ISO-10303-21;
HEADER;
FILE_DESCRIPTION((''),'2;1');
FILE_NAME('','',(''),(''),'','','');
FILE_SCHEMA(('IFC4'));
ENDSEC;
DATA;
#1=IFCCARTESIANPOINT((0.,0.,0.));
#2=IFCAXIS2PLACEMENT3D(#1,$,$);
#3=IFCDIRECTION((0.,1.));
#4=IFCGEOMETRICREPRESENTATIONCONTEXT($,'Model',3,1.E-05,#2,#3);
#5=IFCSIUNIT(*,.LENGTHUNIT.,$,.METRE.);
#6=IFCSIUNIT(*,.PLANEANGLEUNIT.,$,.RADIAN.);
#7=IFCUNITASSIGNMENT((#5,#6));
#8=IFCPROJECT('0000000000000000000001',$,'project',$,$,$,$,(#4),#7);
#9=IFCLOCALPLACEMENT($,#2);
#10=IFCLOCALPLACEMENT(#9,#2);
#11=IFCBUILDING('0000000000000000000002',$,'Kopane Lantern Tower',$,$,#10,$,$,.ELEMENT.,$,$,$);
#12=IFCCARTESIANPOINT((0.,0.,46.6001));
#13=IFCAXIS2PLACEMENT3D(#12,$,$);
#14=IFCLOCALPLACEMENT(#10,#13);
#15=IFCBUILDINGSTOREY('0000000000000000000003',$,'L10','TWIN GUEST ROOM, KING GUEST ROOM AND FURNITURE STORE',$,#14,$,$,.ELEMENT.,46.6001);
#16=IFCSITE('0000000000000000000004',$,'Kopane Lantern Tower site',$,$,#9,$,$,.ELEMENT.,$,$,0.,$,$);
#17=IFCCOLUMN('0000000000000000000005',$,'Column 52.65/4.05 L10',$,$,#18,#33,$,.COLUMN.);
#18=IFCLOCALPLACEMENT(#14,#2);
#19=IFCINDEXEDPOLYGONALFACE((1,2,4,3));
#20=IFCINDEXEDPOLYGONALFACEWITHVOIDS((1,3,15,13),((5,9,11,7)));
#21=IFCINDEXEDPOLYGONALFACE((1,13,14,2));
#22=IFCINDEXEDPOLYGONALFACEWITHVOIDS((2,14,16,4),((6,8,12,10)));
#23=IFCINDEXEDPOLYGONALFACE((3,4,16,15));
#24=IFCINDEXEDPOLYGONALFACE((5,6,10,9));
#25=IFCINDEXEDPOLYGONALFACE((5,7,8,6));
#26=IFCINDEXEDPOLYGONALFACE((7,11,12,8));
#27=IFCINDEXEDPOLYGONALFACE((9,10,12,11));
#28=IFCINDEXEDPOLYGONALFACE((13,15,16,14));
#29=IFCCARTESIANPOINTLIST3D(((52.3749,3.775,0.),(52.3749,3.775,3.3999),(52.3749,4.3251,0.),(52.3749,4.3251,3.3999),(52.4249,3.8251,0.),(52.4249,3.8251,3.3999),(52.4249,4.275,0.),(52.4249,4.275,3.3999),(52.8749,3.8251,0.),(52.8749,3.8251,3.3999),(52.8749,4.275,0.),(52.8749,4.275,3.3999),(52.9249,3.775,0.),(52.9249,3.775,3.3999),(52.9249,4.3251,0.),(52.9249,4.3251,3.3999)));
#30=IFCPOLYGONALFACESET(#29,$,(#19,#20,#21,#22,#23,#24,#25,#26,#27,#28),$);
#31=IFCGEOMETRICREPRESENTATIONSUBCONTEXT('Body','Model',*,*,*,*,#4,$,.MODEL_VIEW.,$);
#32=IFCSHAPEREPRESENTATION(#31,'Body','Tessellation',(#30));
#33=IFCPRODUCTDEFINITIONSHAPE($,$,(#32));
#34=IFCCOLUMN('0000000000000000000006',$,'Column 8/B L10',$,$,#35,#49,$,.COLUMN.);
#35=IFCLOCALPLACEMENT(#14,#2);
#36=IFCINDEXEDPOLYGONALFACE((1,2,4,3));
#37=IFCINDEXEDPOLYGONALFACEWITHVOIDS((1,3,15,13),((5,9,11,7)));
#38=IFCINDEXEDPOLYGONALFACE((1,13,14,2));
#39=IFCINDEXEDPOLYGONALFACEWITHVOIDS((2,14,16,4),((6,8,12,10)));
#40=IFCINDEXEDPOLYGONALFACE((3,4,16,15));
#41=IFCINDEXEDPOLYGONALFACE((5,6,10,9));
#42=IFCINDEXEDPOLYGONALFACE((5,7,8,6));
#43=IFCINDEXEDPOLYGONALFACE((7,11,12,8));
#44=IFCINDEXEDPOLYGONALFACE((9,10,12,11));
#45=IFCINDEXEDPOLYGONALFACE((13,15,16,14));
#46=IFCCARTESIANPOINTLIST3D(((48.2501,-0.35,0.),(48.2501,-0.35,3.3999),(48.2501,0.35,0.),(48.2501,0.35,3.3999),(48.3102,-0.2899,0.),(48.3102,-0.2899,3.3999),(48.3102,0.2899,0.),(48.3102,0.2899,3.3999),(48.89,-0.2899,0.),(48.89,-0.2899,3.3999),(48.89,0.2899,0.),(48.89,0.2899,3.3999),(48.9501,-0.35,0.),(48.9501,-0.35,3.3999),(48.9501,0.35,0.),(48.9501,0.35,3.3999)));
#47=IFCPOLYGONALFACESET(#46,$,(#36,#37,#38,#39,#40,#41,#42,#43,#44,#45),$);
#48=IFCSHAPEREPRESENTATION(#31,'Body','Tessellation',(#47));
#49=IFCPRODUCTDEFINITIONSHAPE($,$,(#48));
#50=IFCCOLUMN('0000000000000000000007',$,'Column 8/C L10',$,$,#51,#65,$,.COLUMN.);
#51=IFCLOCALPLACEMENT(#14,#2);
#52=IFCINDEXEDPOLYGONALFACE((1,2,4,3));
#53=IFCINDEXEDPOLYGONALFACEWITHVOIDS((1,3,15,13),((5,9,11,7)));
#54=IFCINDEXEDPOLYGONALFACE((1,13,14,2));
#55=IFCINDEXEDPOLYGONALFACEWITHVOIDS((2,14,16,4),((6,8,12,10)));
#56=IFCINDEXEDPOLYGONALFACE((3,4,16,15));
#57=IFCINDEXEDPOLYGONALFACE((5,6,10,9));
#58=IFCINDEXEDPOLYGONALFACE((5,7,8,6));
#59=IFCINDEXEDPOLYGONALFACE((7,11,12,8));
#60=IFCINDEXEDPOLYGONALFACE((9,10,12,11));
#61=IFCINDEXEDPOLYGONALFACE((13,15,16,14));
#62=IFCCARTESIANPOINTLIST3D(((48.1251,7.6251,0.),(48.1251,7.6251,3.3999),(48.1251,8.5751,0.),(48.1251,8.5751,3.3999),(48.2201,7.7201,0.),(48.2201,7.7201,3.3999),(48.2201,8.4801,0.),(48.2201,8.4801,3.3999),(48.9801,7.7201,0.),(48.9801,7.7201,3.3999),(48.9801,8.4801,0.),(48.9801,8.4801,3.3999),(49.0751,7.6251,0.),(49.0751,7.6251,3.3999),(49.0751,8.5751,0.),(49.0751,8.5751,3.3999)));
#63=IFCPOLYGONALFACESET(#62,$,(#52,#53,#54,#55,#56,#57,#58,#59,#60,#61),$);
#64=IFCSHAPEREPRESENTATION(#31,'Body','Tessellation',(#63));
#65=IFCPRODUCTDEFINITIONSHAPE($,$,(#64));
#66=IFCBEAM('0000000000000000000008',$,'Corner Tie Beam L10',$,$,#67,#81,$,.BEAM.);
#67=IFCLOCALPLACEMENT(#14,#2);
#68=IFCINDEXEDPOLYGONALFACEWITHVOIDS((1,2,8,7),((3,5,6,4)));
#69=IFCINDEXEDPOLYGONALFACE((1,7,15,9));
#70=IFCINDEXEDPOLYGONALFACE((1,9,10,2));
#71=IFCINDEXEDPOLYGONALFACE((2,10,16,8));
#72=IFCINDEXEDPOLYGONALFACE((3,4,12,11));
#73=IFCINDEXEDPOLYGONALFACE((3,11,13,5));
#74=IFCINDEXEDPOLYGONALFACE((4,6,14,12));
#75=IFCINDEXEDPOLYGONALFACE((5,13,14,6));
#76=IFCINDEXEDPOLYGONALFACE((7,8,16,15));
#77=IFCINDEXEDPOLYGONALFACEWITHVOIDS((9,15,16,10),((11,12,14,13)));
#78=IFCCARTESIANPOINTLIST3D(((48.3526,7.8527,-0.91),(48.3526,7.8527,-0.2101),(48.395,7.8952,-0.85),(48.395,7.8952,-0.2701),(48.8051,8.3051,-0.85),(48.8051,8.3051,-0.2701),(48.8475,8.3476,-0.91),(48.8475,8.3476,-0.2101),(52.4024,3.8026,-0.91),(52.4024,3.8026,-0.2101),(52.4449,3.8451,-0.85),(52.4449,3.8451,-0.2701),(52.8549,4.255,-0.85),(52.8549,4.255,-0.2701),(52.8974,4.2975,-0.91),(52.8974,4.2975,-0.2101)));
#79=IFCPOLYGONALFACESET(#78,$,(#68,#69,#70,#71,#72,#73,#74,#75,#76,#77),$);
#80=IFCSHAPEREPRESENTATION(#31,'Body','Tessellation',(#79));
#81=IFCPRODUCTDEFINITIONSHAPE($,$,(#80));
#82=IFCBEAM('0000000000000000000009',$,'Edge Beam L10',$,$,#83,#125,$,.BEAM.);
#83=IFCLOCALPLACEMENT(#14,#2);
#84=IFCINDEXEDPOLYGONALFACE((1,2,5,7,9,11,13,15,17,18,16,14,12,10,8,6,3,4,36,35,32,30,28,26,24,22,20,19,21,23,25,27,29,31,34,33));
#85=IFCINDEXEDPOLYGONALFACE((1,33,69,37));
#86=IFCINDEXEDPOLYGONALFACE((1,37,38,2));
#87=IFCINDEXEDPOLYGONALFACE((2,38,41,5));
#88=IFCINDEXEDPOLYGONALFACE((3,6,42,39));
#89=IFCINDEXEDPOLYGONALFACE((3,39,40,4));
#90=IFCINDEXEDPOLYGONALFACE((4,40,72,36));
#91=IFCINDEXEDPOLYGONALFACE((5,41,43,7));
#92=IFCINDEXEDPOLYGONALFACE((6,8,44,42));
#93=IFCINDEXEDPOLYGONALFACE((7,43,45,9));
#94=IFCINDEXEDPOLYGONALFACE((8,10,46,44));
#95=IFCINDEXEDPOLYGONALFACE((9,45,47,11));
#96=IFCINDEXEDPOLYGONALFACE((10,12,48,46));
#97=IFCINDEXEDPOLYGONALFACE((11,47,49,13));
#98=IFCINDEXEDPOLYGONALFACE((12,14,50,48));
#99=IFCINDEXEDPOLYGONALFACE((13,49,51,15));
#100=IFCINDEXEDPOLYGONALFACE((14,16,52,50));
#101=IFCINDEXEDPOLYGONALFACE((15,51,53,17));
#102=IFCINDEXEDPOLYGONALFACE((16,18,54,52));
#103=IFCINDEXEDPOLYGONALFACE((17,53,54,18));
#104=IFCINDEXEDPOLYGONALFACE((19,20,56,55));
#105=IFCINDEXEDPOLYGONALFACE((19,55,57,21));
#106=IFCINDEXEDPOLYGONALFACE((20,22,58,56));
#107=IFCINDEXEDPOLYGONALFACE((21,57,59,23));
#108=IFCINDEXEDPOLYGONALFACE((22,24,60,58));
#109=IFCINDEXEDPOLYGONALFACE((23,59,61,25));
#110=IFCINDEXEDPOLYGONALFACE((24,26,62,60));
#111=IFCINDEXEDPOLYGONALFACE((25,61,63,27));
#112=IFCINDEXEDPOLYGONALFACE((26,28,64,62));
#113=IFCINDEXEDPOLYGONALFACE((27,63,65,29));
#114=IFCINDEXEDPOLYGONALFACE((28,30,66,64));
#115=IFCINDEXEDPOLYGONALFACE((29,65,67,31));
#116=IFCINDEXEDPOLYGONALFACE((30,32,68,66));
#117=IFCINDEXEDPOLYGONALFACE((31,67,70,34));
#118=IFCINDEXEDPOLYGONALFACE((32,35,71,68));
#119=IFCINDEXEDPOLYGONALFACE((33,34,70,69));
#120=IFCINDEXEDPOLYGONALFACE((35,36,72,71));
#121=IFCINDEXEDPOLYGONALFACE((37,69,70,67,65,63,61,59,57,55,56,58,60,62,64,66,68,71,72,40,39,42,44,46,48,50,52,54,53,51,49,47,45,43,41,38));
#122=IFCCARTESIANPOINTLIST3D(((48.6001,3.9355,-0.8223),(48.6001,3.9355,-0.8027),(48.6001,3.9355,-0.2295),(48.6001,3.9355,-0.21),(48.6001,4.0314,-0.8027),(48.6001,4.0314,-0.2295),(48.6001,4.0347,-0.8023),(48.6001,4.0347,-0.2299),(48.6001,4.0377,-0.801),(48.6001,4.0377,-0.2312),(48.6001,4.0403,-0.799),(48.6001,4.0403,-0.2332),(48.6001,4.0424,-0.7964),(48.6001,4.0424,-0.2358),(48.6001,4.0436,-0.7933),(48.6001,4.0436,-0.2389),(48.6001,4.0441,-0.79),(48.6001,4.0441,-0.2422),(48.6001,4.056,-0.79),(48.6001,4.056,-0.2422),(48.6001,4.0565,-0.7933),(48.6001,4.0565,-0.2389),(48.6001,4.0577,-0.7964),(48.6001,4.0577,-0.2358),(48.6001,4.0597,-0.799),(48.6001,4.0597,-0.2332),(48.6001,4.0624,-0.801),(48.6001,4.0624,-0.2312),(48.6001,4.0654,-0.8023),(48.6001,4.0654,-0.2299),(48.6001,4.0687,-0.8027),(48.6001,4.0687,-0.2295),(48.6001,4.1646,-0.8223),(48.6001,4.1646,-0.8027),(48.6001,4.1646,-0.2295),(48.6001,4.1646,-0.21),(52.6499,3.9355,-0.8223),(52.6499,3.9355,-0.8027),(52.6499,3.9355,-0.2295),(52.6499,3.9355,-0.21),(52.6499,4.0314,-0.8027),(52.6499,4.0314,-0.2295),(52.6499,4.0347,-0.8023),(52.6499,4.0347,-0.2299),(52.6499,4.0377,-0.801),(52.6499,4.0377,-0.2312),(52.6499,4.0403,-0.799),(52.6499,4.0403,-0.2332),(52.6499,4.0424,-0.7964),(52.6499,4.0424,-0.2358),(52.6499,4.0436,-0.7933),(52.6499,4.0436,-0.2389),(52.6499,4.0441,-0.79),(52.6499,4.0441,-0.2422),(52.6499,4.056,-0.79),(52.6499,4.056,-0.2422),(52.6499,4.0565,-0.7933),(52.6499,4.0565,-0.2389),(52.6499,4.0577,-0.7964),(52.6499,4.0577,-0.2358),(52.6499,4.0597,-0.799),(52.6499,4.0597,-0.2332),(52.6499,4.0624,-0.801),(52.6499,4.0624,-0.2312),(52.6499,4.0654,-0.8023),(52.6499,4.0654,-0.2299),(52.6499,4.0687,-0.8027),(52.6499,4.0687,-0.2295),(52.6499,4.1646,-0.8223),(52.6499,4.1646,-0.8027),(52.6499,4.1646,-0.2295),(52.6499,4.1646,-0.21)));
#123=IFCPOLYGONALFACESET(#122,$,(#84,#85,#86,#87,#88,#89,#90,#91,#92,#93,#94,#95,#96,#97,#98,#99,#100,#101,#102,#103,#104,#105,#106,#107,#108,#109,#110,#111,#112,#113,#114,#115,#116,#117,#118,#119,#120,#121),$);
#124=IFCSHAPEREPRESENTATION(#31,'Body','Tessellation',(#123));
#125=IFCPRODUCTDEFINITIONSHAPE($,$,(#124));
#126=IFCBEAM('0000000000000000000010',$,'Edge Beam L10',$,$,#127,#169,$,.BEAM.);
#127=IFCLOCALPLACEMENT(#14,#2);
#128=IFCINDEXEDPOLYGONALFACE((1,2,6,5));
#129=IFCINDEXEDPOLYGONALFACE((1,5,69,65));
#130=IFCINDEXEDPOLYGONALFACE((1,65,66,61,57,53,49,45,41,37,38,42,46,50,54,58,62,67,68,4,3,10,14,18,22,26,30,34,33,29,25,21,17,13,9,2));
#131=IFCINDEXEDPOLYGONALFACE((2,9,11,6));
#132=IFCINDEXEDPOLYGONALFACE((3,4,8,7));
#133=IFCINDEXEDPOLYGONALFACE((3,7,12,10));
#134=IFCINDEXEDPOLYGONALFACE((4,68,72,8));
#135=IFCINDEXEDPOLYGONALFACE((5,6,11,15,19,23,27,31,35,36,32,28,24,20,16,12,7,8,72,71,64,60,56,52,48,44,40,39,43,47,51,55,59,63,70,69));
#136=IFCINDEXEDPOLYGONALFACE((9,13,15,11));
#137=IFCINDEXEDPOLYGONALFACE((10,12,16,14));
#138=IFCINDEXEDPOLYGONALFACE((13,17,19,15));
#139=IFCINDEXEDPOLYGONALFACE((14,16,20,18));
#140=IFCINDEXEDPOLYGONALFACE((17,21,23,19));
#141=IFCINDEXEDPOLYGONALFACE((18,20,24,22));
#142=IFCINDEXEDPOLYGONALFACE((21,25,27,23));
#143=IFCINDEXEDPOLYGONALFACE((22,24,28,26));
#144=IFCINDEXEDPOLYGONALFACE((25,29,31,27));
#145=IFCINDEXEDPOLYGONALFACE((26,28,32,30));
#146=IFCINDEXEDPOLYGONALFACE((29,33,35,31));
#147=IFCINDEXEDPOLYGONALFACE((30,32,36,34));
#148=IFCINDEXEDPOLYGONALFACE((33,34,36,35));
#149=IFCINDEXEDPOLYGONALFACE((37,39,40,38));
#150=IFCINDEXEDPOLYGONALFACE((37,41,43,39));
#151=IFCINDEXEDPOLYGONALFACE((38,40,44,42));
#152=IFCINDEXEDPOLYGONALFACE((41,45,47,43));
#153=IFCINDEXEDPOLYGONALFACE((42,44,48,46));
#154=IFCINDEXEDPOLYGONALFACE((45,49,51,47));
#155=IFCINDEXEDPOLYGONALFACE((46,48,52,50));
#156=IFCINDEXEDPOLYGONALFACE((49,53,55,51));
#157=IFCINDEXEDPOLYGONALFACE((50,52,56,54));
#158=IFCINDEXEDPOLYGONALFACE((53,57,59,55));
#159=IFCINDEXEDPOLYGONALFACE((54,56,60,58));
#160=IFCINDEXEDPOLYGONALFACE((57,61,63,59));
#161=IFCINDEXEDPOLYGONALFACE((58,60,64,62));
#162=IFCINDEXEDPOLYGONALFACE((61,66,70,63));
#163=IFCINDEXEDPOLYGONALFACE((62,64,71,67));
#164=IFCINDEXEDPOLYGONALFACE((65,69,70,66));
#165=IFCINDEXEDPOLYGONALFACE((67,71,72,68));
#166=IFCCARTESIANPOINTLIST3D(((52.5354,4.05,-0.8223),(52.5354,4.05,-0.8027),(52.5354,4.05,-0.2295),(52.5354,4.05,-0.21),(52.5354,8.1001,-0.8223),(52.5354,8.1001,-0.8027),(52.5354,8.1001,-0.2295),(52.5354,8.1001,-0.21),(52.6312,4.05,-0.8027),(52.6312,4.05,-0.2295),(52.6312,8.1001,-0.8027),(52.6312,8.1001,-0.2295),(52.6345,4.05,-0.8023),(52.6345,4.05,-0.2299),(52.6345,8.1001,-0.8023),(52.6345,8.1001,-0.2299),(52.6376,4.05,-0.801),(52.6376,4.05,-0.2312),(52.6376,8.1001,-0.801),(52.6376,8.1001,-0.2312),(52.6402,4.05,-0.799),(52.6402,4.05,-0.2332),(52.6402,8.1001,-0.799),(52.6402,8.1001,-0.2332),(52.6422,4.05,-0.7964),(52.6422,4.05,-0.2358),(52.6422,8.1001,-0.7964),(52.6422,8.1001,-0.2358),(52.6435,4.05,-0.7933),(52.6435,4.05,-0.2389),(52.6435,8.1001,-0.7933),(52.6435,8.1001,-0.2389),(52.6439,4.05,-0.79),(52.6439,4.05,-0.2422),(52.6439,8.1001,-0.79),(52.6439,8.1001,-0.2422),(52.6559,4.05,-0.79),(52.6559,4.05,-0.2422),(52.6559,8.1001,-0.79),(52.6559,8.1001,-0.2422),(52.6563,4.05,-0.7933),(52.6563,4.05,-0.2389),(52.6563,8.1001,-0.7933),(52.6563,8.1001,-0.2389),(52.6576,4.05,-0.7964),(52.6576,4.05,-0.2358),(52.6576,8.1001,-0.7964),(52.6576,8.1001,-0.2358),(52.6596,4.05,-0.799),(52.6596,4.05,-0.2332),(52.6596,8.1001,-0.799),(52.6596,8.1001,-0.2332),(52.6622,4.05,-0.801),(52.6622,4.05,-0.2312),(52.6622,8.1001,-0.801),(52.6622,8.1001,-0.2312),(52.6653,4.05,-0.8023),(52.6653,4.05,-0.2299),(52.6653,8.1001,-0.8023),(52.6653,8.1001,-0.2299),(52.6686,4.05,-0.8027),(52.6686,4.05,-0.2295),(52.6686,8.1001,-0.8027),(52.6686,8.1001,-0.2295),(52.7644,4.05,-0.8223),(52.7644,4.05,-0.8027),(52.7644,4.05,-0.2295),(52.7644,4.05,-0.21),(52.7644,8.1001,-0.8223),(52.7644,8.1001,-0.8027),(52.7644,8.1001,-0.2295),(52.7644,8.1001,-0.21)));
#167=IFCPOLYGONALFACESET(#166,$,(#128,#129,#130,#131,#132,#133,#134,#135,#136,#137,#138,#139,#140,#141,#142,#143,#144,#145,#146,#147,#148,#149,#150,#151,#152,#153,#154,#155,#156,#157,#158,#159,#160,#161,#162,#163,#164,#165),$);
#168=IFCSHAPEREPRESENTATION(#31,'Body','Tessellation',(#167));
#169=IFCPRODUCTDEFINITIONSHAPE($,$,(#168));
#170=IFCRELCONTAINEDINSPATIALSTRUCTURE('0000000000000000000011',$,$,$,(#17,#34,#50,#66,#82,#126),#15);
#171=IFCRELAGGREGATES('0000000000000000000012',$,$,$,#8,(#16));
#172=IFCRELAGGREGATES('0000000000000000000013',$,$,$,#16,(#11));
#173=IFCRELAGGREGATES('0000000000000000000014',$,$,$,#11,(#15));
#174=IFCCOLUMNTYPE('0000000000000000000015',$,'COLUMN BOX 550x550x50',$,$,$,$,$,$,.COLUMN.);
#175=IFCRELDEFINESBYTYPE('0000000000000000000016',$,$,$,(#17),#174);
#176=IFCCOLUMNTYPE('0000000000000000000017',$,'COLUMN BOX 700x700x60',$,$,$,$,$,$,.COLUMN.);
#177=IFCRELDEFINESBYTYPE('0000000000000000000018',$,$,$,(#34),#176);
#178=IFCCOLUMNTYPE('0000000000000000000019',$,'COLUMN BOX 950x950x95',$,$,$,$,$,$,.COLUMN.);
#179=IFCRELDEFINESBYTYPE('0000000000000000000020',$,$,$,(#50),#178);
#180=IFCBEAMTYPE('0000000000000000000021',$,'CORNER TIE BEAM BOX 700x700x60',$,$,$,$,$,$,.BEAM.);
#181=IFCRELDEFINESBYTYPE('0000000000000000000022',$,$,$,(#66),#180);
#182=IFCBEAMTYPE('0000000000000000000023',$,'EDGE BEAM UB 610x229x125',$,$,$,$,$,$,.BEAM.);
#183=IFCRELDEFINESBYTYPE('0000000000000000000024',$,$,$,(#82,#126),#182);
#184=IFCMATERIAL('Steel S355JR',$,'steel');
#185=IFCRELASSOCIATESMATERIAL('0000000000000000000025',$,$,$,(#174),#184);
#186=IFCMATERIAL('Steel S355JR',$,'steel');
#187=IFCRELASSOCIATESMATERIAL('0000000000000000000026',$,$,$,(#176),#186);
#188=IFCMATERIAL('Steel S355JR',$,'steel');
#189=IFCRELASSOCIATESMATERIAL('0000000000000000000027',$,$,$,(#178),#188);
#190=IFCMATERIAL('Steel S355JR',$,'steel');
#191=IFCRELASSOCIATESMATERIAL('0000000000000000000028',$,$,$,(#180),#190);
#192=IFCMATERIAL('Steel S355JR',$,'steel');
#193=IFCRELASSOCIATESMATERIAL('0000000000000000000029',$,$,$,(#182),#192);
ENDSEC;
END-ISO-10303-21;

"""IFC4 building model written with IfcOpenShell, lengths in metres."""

from ifc_helpers import new_model, si_unit, direction, frame, origin, origin_2d, place, context, subcontext, project, spatial, hollow_rectangle, i_section, extrude, material, material_profile, profile_set, type_object, element, save


model = new_model("IFC4")

# Units and contexts
model_context = context("Model", 3, precision=1e-05, world=origin(), true_north=direction((0.0, 1.0)))
body_context = subcontext(model_context, "Body", "Model", "MODEL_VIEW")
ifc_project = project(units=[si_unit("LENGTHUNIT", "METRE"), si_unit("PLANEANGLEUNIT", "RADIAN")], contexts=[model_context])

# Site, building, storey
site_placement = place(None, origin())
site = spatial("IfcSite", under=ifc_project, at=site_placement, Name="Kopane Lantern Tower site", CompositionType="ELEMENT", RefElevation=0.0)
building_placement = place(site_placement, origin())
building = spatial("IfcBuilding", under=site, at=building_placement, Name="Kopane Lantern Tower", CompositionType="ELEMENT")
storey_placement = place(building_placement, frame((0.0, 0.0, 46.6001)))
storey = spatial("IfcBuildingStorey", under=building, at=storey_placement, Name="L10", Description="TWIN GUEST ROOM, KING GUEST ROOM AND FURNITURE STORE", CompositionType="ELEMENT", Elevation=46.6001)

# Columns
ifc_material_1 = material(Name="Steel S355JR", Category="steel")
ifc_material_profile_1 = material_profile(ifc_material_1, hollow_rectangle(XDim=0.55, YDim=0.55, WallThickness=0.05, at=origin_2d()), Name="BOX 550x550x50")
ifc_profile_set_1 = profile_set([ifc_material_profile_1], Name="Steel S355JR")
column_type_1 = type_object("IfcColumnType", Name="COLUMN BOX 550x550x50", PredefinedType="COLUMN", material=ifc_profile_set_1)
column_1_placement = place(storey_placement, frame((52.6499, 4.05, 0.0), z_axis=(0.0, 0.0, 1.0), x_axis=(1.0, 0.0, 0.0)))
element("IfcColumn", 1, at=column_1_placement, inside=storey, type_object=column_type_1, Name="Column 52.65/4.05 L10", PredefinedType="COLUMN", context=body_context, shape_type="SweptSolid", body=[
    extrude(hollow_rectangle(XDim=0.55, YDim=0.55, WallThickness=0.05, at=origin_2d()), origin(), (0.0, 0.0, 1.0), 3.3999),
])
ifc_material_2 = material(Name="Steel S355JR", Category="steel")
ifc_material_profile_2 = material_profile(ifc_material_2, hollow_rectangle(XDim=0.7, YDim=0.7, WallThickness=0.0601, at=origin_2d()), Name="BOX 700x700x60")
ifc_profile_set_2 = profile_set([ifc_material_profile_2], Name="Steel S355JR")
column_type_2 = type_object("IfcColumnType", Name="COLUMN BOX 700x700x60", PredefinedType="COLUMN", material=ifc_profile_set_2)
column_2_placement = place(storey_placement, frame((48.6001, 0.0, 0.0), z_axis=(0.0, 0.0, 1.0), x_axis=(1.0, 0.0, 0.0)))
element("IfcColumn", 2, at=column_2_placement, inside=storey, type_object=column_type_2, Name="Column 8/B L10", PredefinedType="COLUMN", context=body_context, shape_type="SweptSolid", body=[
    extrude(hollow_rectangle(XDim=0.7, YDim=0.7, WallThickness=0.0601, at=origin_2d()), origin(), (0.0, 0.0, 1.0), 3.3999),
])
ifc_material_3 = material(Name="Steel S355JR", Category="steel")
ifc_material_profile_3 = material_profile(ifc_material_3, hollow_rectangle(XDim=0.95, YDim=0.95, WallThickness=0.095, at=origin_2d()), Name="BOX 950x950x95")
ifc_profile_set_3 = profile_set([ifc_material_profile_3], Name="Steel S355JR")
column_type_3 = type_object("IfcColumnType", Name="COLUMN BOX 950x950x95", PredefinedType="COLUMN", material=ifc_profile_set_3)
column_3_placement = place(storey_placement, frame((48.6001, 8.1001, 0.0), z_axis=(0.0, 0.0, 1.0), x_axis=(1.0, 0.0, 0.0)))
element("IfcColumn", 3, at=column_3_placement, inside=storey, type_object=column_type_3, Name="Column 8/C L10", PredefinedType="COLUMN", context=body_context, shape_type="SweptSolid", body=[
    extrude(hollow_rectangle(XDim=0.95, YDim=0.95, WallThickness=0.095, at=origin_2d()), origin(), (0.0, 0.0, 1.0), 3.3999),
])

# Beams
ifc_material_4 = material(Name="Steel S355JR", Category="steel")
ifc_material_profile_4 = material_profile(ifc_material_4, hollow_rectangle(XDim=0.7, YDim=0.7, WallThickness=0.0601, at=origin_2d()), Name="BOX 700x700x60")
ifc_profile_set_4 = profile_set([ifc_material_profile_4], Name="Steel S355JR")
beam_type_1 = type_object("IfcBeamType", Name="CORNER TIE BEAM BOX 700x700x60", PredefinedType="BEAM", material=ifc_profile_set_4)
beam_1_placement = place(storey_placement, frame((52.6499, 4.05, -0.5601), z_axis=(-0.707085, 0.707128, 0.0), x_axis=(-0.707128, -0.707085, 0.0)))
element("IfcBeam", 4, at=beam_1_placement, inside=storey, type_object=beam_type_1, Name="Corner Tie Beam L10", PredefinedType="BEAM", context=body_context, shape_type="SweptSolid", body=[
    extrude(hollow_rectangle(XDim=0.7, YDim=0.7, WallThickness=0.0601, at=origin_2d()), origin(), (0.0, 0.0, 1.0), 5.7275),
])
ifc_material_5 = material(Name="Steel S355JR", Category="steel")
ifc_material_profile_5 = material_profile(ifc_material_5, i_section(OverallWidth=0.229, OverallDepth=0.6123, WebThickness=0.012, FlangeThickness=0.0195, FilletRadius=0.0127, at=origin_2d()), Name="UB 610x229x125")
ifc_profile_set_5 = profile_set([ifc_material_profile_5], Name="Steel S355JR")
beam_type_2 = type_object("IfcBeamType", Name="EDGE BEAM UB 610x229x125", PredefinedType="BEAM", material=ifc_profile_set_5)
beam_2_placement = place(storey_placement, frame((52.6499, 4.05, -0.5161), z_axis=(-1.0, 0.0, 0.0), x_axis=(0.0, -1.0, 0.0)))
element("IfcBeam", 5, at=beam_2_placement, inside=storey, type_object=beam_type_2, Name="Edge Beam L10", PredefinedType="BEAM", context=body_context, shape_type="SweptSolid", body=[
    extrude(i_section(OverallWidth=0.229, OverallDepth=0.6123, WebThickness=0.012, FlangeThickness=0.0195, FilletRadius=0.0127, at=origin_2d()), origin(), (0.0, 0.0, 1.0), 4.0498),
])
beam_3_placement = place(storey_placement, frame((52.6499, 4.05, -0.5161), z_axis=(0.0, 1.0, 0.0), x_axis=(-1.0, 0.0, 0.0)))
element("IfcBeam", 6, at=beam_3_placement, inside=storey, type_object=beam_type_2, Name="Edge Beam L10", PredefinedType="BEAM", context=body_context, shape_type="SweptSolid", body=[
    extrude(i_section(OverallWidth=0.229, OverallDepth=0.6123, WebThickness=0.012, FlangeThickness=0.0195, FilletRadius=0.0127, at=origin_2d()), origin(), (0.0, 0.0, 1.0), 4.05),
])

save(model, "model.ifc")
